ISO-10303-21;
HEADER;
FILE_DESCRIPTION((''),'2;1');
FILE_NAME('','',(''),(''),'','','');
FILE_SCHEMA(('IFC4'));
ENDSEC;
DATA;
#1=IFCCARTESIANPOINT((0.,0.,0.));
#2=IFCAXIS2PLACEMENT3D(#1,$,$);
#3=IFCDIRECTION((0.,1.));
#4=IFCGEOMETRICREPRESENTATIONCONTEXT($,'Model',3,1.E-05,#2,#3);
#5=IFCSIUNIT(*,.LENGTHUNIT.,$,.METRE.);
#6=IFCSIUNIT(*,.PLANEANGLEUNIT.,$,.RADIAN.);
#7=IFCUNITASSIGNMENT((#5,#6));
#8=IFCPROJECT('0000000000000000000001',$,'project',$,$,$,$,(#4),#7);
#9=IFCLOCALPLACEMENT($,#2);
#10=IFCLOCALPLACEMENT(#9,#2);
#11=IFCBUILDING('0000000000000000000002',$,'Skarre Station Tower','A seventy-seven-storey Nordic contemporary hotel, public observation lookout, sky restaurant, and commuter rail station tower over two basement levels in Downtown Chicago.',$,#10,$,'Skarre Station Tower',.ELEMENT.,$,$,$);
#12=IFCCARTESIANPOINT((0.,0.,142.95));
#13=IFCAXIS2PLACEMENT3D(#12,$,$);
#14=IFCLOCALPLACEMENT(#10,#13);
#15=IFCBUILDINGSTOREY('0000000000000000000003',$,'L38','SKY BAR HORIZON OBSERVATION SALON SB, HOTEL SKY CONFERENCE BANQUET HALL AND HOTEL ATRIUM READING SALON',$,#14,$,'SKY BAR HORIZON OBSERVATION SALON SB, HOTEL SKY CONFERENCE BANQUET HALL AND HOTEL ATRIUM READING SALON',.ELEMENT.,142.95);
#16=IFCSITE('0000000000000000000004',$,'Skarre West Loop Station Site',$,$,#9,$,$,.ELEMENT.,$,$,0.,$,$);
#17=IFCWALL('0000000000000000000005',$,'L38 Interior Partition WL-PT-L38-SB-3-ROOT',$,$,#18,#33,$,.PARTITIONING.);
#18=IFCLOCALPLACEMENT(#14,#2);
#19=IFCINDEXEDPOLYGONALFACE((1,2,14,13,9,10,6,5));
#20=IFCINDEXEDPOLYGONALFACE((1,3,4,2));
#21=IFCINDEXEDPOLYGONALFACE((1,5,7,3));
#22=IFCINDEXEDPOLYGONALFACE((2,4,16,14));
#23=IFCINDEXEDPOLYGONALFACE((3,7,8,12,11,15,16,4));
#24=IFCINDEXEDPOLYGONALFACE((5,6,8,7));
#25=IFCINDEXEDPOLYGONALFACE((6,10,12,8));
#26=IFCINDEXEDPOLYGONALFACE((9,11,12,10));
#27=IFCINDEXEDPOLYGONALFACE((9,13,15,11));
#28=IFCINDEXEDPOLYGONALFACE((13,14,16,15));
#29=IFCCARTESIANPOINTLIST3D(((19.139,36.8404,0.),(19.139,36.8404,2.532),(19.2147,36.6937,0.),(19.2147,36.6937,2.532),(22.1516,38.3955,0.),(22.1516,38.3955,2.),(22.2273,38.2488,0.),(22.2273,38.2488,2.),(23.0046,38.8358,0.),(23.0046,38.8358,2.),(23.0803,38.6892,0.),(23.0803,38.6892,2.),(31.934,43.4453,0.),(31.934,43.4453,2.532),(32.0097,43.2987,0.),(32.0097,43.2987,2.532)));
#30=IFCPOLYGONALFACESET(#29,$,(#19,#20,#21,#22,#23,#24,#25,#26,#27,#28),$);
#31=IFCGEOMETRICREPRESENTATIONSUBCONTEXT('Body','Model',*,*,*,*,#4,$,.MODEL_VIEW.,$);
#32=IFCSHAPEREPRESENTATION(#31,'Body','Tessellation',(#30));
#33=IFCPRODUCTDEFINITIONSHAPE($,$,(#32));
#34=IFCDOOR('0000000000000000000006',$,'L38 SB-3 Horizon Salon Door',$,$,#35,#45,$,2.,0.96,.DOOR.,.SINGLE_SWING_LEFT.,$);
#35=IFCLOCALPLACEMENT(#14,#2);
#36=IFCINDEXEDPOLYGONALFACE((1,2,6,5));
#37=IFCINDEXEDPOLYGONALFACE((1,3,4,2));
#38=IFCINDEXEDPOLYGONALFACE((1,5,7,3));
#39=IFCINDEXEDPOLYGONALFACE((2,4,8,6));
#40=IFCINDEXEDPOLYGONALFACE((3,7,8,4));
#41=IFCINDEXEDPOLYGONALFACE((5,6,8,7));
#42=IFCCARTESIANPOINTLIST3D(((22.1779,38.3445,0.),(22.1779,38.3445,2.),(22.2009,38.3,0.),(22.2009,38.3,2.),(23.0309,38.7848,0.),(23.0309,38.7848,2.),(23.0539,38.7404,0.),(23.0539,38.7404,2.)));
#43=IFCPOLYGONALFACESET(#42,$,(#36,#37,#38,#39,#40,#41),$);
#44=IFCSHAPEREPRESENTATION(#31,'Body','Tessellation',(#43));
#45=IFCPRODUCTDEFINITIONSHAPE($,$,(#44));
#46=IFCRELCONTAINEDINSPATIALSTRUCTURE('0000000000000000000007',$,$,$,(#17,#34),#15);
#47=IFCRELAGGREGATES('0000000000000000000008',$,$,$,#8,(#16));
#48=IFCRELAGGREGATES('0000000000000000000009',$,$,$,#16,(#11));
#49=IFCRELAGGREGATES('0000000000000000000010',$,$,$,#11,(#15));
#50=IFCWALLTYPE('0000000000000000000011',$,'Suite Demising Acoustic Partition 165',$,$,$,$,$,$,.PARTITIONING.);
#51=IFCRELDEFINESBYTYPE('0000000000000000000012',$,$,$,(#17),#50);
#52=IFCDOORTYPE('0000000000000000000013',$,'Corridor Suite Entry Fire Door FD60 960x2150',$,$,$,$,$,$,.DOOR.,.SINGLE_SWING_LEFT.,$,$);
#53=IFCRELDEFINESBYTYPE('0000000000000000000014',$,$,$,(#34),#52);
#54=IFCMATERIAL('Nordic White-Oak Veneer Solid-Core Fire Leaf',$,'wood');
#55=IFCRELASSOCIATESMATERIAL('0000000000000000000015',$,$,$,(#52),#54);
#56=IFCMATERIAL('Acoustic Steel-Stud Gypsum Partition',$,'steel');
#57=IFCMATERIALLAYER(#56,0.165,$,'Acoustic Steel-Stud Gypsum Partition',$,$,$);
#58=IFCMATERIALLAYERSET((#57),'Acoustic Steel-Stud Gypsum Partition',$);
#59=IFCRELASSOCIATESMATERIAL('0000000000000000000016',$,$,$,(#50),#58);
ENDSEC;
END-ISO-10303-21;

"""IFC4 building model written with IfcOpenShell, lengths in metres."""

from ifc_helpers import new_model, si_unit, direction, frame, frame_2d, origin, place, context, subcontext, project, spatial, rectangle, extrude, material, layer, layer_set, type_object, element, fill, save


model = new_model("IFC4")

# Units and contexts
model_context = context("Model", 3, precision=1e-05, world=origin(), true_north=direction((0.0, 1.0)))
body_context = subcontext(model_context, "Body", "Model", "MODEL_VIEW")
ifc_project = project(units=[si_unit("LENGTHUNIT", "METRE"), si_unit("PLANEANGLEUNIT", "RADIAN")], contexts=[model_context])

# Site, building, storey
site_placement = place(None, origin())
site = spatial("IfcSite", under=ifc_project, at=site_placement, Name="Skarre West Loop Station Site", CompositionType="ELEMENT", RefElevation=0.0)
building_placement = place(site_placement, origin())
building = spatial("IfcBuilding", under=site, at=building_placement, Name="Skarre Station Tower", Description="A seventy-seven-storey Nordic contemporary hotel, public observation lookout, sky restaurant, and commuter rail station tower over two basement levels in Downtown Chicago.", LongName="Skarre Station Tower", CompositionType="ELEMENT")
storey_placement = place(building_placement, frame((0.0, 0.0, 142.95)))
storey = spatial("IfcBuildingStorey", under=building, at=storey_placement, Name="L38", Description="SKY BAR HORIZON OBSERVATION SALON SB, HOTEL SKY CONFERENCE BANQUET HALL AND HOTEL ATRIUM READING SALON", LongName="SKY BAR HORIZON OBSERVATION SALON SB, HOTEL SKY CONFERENCE BANQUET HALL AND HOTEL ATRIUM READING SALON", CompositionType="ELEMENT", Elevation=142.95)

# Shared definitions
ifc_material_1 = material(Name="Acoustic Steel-Stud Gypsum Partition", Category="steel")
ifc_material_2 = material(Name="Nordic White-Oak Veneer Solid-Core Fire Leaf", Category="wood")
door_type = type_object("IfcDoorType", Name="Corridor Suite Entry Fire Door FD60 960x2150", OperationType="SINGLE_SWING_LEFT", PredefinedType="DOOR", material=ifc_material_2)

# Wall, opening, door
ifc_layer_1 = layer(ifc_material_1, 0.165, Name="Acoustic Steel-Stud Gypsum Partition")
ifc_layer_set_1 = layer_set([ifc_layer_1], Name="Acoustic Steel-Stud Gypsum Partition")
wall_type_1 = type_object("IfcWallType", Name="Suite Demising Acoustic Partition 165", PredefinedType="PARTITIONING", material=ifc_layer_set_1)
wall_1_placement = place(storey_placement, frame((31.9719, 43.3721, 0.0), z_axis=(0.0, 0.0, 1.0), x_axis=(-0.888588, -0.458706, 0.0)))
wall_1 = element("IfcWall", 1, at=wall_1_placement, inside=storey, type_object=wall_type_1, Name="L38 Interior Partition WL-PT-L38-SB-3-ROOT", PredefinedType="PARTITIONING", context=body_context, shape_type="SweptSolid", body=[
    extrude(rectangle(XDim=14.3992, YDim=0.165, at=frame_2d((7.1997, 0.0))), origin(), (0.0, 0.0, 1.0), 2.532),
])
opening_1_placement = place(wall_1_placement, frame((10.0491, 0.0, 0.0)))
opening_1 = element("IfcOpeningElement", 2, at=opening_1_placement, cuts=wall_1, PredefinedType="OPENING", context=body_context, shape_type="SweptSolid", body=[
    extrude(rectangle(XDim=0.96, YDim=2.0, at=frame_2d((0.48, 1.0))), frame((0.0, 0.0925, 0.0), z_axis=(0.0, -1.0, 0.0), x_axis=(1.0, 0.0, 0.0)), (0.0, 0.0, 1.0), 0.1851),
])
door_1_placement = place(opening_1_placement, origin())
door_1 = element("IfcDoor", 3, at=door_1_placement, inside=storey, type_object=door_type, Name="L38 SB-3 Horizon Salon Door", OperationType="SINGLE_SWING_LEFT", OverallHeight=2.0, OverallWidth=0.96, PredefinedType="DOOR", context=body_context, shape_type="SweptSolid", body=[
    extrude(rectangle(XDim=0.96, YDim=2.0, at=frame_2d((0.48, 1.0))), frame((0.0, 0.0249, 0.0), z_axis=(0.0, -1.0, 0.0), x_axis=(1.0, 0.0, 0.0)), (0.0, 0.0, 1.0), 0.05),
])
fill(opening_1, door_1)

save(model, "model.ifc")
